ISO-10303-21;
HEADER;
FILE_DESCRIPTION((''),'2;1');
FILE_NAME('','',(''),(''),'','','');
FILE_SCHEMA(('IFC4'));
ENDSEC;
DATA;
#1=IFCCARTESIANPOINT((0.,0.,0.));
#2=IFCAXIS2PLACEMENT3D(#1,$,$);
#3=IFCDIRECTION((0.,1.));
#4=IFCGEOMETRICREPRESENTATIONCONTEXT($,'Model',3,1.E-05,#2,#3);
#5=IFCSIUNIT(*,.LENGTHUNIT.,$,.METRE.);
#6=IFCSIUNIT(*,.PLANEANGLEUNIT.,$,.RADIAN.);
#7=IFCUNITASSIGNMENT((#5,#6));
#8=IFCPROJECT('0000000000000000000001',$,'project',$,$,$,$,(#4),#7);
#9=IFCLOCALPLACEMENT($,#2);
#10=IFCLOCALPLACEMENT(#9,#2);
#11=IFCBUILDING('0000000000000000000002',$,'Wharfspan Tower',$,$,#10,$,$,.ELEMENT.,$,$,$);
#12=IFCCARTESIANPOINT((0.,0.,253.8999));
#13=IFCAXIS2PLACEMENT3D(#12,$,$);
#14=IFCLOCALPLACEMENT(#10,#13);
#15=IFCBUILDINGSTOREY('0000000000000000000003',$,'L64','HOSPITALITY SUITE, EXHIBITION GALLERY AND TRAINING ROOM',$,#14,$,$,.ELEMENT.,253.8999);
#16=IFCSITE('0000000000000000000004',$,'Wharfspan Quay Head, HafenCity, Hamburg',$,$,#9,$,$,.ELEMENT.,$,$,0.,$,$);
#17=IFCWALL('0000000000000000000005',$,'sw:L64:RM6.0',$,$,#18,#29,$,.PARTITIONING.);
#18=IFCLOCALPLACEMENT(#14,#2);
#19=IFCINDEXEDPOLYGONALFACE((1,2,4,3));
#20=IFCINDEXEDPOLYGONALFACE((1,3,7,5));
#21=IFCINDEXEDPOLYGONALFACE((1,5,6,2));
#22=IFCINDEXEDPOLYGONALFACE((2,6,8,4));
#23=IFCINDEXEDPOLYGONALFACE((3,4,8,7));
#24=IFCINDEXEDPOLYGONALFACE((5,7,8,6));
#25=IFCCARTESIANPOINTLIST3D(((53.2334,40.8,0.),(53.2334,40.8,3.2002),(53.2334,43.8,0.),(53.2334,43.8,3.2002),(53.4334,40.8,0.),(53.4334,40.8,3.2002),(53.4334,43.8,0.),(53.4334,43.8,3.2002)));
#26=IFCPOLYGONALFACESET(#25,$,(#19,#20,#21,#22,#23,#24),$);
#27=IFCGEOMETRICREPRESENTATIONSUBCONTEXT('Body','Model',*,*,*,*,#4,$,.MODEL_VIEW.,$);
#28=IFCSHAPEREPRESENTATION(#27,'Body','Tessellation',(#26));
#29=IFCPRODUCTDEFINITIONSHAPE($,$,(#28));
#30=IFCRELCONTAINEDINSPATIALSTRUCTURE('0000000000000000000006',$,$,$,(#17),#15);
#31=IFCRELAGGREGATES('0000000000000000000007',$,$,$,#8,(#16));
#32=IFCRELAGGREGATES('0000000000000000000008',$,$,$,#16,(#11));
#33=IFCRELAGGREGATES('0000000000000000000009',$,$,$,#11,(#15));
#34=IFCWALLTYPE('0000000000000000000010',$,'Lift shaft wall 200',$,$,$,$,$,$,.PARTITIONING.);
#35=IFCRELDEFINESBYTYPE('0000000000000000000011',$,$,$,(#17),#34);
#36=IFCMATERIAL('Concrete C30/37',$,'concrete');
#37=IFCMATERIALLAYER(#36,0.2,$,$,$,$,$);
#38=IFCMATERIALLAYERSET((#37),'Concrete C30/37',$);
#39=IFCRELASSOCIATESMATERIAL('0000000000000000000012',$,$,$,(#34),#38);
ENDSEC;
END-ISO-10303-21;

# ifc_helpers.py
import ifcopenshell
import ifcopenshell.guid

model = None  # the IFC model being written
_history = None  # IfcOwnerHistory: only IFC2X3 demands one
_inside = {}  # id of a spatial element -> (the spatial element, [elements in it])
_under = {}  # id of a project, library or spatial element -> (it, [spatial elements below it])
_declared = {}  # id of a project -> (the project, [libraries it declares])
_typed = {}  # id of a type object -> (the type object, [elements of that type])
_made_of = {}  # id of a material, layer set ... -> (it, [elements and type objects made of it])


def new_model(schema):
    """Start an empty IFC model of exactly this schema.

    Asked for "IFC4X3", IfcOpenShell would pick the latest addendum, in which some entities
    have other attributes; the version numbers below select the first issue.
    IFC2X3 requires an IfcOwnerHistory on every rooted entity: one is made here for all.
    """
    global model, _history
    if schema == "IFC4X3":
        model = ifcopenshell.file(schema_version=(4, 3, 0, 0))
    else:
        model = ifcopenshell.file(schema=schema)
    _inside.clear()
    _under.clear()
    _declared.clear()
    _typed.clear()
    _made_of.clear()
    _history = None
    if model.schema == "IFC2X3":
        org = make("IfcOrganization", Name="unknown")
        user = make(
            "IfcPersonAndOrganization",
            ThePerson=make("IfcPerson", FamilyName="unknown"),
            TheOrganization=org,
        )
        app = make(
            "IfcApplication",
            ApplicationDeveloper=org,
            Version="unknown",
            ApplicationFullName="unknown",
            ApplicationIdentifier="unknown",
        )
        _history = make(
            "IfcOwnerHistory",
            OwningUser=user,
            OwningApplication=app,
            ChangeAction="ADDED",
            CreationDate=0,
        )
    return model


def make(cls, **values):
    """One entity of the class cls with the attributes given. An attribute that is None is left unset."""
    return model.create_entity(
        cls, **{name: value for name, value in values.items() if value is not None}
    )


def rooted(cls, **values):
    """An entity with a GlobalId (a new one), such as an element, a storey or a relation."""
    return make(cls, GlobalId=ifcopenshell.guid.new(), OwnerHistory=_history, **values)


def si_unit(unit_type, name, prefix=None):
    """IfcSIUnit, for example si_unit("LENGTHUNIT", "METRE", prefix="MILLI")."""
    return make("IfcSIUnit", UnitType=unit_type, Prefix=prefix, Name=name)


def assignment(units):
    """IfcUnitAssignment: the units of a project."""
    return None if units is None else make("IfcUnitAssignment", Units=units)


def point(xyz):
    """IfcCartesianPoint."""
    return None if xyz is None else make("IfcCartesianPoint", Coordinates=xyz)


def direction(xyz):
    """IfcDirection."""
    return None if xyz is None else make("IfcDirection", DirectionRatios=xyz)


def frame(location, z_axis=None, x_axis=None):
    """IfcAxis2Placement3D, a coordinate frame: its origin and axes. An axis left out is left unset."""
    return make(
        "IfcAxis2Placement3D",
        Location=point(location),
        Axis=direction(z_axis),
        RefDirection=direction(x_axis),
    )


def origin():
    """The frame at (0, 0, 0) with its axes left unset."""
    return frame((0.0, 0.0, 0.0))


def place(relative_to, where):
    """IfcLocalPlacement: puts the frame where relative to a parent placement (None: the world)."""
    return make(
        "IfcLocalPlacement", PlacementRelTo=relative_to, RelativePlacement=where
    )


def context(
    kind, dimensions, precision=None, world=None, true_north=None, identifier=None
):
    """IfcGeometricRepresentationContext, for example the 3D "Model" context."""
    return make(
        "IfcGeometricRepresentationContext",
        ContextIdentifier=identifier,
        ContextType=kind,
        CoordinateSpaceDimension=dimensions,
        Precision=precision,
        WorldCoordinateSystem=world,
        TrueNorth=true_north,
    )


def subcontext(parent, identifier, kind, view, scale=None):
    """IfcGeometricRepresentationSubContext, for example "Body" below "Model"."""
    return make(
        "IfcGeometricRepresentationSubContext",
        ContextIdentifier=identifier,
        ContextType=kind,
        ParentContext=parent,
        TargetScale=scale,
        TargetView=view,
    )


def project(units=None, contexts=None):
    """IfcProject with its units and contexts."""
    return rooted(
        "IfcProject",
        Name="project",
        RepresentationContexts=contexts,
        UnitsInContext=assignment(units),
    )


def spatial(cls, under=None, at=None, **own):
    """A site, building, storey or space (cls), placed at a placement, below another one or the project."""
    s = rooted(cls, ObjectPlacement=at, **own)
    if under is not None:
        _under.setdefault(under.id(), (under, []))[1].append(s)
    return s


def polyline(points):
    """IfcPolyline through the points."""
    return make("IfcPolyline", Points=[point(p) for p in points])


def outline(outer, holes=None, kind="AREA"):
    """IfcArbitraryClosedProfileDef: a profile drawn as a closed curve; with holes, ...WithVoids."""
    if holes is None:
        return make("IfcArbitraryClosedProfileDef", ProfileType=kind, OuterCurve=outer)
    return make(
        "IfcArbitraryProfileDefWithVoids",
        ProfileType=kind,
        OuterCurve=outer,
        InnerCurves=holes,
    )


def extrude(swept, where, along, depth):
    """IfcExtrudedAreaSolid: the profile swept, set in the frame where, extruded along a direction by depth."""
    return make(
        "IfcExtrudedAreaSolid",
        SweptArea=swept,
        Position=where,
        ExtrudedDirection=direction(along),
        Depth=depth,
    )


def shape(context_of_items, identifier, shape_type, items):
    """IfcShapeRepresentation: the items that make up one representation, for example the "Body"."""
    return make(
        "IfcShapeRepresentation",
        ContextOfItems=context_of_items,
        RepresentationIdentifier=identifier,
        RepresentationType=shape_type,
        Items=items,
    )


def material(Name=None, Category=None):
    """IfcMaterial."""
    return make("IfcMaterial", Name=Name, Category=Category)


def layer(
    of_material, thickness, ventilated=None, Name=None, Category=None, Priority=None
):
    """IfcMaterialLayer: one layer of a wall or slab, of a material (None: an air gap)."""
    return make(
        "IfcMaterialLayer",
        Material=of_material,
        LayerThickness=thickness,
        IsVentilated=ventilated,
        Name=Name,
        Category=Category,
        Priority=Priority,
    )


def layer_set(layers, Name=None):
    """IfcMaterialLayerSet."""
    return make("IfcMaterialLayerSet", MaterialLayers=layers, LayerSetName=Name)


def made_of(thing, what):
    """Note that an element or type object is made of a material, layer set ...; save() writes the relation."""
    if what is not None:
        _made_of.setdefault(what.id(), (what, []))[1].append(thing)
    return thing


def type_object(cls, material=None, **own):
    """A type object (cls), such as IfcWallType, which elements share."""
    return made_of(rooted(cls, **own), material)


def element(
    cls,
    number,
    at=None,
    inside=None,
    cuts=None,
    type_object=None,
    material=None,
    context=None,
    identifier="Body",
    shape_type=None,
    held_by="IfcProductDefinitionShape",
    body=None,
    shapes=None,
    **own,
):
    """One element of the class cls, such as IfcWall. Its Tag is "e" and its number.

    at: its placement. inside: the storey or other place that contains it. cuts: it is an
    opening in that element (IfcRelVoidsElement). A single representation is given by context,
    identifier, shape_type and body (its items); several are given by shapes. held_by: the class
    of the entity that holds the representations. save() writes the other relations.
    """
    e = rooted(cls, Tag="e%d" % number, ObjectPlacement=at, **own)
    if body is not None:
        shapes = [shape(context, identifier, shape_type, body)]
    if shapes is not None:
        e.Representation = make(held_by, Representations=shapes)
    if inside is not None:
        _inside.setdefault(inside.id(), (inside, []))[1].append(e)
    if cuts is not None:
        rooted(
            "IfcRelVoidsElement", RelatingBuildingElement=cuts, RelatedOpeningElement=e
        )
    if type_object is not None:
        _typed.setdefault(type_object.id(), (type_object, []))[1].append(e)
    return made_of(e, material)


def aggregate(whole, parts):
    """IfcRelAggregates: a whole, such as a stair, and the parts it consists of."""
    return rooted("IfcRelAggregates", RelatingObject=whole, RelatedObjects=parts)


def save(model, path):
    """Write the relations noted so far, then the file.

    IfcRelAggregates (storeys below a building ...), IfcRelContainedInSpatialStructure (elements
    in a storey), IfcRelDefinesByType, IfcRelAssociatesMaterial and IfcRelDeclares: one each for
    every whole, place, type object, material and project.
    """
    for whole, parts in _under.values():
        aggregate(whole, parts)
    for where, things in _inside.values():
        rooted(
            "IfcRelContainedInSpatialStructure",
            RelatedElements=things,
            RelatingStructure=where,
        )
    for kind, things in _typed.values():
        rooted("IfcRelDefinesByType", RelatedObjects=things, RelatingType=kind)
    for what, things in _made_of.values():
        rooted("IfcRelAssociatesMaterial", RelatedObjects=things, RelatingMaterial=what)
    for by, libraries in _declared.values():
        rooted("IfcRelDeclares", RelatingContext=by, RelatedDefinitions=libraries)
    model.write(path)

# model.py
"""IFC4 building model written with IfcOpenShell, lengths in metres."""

from ifc_helpers import new_model, si_unit, direction, frame, origin, place, context, subcontext, project, spatial, polyline, outline, extrude, material, layer, layer_set, type_object, element, save


model = new_model("IFC4")

# Units and contexts
model_context = context("Model", 3, precision=1e-05, world=origin(), true_north=direction((0.0, 1.0)))
body_context = subcontext(model_context, "Body", "Model", "MODEL_VIEW")
ifc_project = project(units=[si_unit("LENGTHUNIT", "METRE"), si_unit("PLANEANGLEUNIT", "RADIAN")], contexts=[model_context])

# Site, building, storey
site_placement = place(None, origin())
site = spatial("IfcSite", under=ifc_project, at=site_placement, Name="Wharfspan Quay Head, HafenCity, Hamburg", CompositionType="ELEMENT", RefElevation=0.0)
building_placement = place(site_placement, origin())
building = spatial("IfcBuilding", under=site, at=building_placement, Name="Wharfspan Tower", CompositionType="ELEMENT")
storey_placement = place(building_placement, frame((0.0, 0.0, 253.8999)))
storey = spatial("IfcBuildingStorey", under=building, at=storey_placement, Name="L64", Description="HOSPITALITY SUITE, EXHIBITION GALLERY AND TRAINING ROOM", CompositionType="ELEMENT", Elevation=253.8999)

# Wall
ifc_material_1 = material(Name="Concrete C30/37", Category="concrete")
ifc_layer_1 = layer(ifc_material_1, 0.2)
ifc_layer_set_1 = layer_set([ifc_layer_1], Name="Concrete C30/37")
wall_type_1 = type_object("IfcWallType", Name="Lift shaft wall 200", PredefinedType="PARTITIONING", material=ifc_layer_set_1)
wall_1_placement = place(storey_placement, origin())
element("IfcWall", 1, at=wall_1_placement, inside=storey, type_object=wall_type_1, Name="sw:L64:RM6.0", PredefinedType="PARTITIONING", context=body_context, shape_type="SweptSolid", body=[
    extrude(outline(polyline([(53.4333, 40.8), (53.4333, 43.8), (53.2334, 43.8), (53.2334, 40.8), (53.4333, 40.8)])), origin(), (0.0, 0.0, 1.0), 3.2002),
])

save(model, "model.ifc")
